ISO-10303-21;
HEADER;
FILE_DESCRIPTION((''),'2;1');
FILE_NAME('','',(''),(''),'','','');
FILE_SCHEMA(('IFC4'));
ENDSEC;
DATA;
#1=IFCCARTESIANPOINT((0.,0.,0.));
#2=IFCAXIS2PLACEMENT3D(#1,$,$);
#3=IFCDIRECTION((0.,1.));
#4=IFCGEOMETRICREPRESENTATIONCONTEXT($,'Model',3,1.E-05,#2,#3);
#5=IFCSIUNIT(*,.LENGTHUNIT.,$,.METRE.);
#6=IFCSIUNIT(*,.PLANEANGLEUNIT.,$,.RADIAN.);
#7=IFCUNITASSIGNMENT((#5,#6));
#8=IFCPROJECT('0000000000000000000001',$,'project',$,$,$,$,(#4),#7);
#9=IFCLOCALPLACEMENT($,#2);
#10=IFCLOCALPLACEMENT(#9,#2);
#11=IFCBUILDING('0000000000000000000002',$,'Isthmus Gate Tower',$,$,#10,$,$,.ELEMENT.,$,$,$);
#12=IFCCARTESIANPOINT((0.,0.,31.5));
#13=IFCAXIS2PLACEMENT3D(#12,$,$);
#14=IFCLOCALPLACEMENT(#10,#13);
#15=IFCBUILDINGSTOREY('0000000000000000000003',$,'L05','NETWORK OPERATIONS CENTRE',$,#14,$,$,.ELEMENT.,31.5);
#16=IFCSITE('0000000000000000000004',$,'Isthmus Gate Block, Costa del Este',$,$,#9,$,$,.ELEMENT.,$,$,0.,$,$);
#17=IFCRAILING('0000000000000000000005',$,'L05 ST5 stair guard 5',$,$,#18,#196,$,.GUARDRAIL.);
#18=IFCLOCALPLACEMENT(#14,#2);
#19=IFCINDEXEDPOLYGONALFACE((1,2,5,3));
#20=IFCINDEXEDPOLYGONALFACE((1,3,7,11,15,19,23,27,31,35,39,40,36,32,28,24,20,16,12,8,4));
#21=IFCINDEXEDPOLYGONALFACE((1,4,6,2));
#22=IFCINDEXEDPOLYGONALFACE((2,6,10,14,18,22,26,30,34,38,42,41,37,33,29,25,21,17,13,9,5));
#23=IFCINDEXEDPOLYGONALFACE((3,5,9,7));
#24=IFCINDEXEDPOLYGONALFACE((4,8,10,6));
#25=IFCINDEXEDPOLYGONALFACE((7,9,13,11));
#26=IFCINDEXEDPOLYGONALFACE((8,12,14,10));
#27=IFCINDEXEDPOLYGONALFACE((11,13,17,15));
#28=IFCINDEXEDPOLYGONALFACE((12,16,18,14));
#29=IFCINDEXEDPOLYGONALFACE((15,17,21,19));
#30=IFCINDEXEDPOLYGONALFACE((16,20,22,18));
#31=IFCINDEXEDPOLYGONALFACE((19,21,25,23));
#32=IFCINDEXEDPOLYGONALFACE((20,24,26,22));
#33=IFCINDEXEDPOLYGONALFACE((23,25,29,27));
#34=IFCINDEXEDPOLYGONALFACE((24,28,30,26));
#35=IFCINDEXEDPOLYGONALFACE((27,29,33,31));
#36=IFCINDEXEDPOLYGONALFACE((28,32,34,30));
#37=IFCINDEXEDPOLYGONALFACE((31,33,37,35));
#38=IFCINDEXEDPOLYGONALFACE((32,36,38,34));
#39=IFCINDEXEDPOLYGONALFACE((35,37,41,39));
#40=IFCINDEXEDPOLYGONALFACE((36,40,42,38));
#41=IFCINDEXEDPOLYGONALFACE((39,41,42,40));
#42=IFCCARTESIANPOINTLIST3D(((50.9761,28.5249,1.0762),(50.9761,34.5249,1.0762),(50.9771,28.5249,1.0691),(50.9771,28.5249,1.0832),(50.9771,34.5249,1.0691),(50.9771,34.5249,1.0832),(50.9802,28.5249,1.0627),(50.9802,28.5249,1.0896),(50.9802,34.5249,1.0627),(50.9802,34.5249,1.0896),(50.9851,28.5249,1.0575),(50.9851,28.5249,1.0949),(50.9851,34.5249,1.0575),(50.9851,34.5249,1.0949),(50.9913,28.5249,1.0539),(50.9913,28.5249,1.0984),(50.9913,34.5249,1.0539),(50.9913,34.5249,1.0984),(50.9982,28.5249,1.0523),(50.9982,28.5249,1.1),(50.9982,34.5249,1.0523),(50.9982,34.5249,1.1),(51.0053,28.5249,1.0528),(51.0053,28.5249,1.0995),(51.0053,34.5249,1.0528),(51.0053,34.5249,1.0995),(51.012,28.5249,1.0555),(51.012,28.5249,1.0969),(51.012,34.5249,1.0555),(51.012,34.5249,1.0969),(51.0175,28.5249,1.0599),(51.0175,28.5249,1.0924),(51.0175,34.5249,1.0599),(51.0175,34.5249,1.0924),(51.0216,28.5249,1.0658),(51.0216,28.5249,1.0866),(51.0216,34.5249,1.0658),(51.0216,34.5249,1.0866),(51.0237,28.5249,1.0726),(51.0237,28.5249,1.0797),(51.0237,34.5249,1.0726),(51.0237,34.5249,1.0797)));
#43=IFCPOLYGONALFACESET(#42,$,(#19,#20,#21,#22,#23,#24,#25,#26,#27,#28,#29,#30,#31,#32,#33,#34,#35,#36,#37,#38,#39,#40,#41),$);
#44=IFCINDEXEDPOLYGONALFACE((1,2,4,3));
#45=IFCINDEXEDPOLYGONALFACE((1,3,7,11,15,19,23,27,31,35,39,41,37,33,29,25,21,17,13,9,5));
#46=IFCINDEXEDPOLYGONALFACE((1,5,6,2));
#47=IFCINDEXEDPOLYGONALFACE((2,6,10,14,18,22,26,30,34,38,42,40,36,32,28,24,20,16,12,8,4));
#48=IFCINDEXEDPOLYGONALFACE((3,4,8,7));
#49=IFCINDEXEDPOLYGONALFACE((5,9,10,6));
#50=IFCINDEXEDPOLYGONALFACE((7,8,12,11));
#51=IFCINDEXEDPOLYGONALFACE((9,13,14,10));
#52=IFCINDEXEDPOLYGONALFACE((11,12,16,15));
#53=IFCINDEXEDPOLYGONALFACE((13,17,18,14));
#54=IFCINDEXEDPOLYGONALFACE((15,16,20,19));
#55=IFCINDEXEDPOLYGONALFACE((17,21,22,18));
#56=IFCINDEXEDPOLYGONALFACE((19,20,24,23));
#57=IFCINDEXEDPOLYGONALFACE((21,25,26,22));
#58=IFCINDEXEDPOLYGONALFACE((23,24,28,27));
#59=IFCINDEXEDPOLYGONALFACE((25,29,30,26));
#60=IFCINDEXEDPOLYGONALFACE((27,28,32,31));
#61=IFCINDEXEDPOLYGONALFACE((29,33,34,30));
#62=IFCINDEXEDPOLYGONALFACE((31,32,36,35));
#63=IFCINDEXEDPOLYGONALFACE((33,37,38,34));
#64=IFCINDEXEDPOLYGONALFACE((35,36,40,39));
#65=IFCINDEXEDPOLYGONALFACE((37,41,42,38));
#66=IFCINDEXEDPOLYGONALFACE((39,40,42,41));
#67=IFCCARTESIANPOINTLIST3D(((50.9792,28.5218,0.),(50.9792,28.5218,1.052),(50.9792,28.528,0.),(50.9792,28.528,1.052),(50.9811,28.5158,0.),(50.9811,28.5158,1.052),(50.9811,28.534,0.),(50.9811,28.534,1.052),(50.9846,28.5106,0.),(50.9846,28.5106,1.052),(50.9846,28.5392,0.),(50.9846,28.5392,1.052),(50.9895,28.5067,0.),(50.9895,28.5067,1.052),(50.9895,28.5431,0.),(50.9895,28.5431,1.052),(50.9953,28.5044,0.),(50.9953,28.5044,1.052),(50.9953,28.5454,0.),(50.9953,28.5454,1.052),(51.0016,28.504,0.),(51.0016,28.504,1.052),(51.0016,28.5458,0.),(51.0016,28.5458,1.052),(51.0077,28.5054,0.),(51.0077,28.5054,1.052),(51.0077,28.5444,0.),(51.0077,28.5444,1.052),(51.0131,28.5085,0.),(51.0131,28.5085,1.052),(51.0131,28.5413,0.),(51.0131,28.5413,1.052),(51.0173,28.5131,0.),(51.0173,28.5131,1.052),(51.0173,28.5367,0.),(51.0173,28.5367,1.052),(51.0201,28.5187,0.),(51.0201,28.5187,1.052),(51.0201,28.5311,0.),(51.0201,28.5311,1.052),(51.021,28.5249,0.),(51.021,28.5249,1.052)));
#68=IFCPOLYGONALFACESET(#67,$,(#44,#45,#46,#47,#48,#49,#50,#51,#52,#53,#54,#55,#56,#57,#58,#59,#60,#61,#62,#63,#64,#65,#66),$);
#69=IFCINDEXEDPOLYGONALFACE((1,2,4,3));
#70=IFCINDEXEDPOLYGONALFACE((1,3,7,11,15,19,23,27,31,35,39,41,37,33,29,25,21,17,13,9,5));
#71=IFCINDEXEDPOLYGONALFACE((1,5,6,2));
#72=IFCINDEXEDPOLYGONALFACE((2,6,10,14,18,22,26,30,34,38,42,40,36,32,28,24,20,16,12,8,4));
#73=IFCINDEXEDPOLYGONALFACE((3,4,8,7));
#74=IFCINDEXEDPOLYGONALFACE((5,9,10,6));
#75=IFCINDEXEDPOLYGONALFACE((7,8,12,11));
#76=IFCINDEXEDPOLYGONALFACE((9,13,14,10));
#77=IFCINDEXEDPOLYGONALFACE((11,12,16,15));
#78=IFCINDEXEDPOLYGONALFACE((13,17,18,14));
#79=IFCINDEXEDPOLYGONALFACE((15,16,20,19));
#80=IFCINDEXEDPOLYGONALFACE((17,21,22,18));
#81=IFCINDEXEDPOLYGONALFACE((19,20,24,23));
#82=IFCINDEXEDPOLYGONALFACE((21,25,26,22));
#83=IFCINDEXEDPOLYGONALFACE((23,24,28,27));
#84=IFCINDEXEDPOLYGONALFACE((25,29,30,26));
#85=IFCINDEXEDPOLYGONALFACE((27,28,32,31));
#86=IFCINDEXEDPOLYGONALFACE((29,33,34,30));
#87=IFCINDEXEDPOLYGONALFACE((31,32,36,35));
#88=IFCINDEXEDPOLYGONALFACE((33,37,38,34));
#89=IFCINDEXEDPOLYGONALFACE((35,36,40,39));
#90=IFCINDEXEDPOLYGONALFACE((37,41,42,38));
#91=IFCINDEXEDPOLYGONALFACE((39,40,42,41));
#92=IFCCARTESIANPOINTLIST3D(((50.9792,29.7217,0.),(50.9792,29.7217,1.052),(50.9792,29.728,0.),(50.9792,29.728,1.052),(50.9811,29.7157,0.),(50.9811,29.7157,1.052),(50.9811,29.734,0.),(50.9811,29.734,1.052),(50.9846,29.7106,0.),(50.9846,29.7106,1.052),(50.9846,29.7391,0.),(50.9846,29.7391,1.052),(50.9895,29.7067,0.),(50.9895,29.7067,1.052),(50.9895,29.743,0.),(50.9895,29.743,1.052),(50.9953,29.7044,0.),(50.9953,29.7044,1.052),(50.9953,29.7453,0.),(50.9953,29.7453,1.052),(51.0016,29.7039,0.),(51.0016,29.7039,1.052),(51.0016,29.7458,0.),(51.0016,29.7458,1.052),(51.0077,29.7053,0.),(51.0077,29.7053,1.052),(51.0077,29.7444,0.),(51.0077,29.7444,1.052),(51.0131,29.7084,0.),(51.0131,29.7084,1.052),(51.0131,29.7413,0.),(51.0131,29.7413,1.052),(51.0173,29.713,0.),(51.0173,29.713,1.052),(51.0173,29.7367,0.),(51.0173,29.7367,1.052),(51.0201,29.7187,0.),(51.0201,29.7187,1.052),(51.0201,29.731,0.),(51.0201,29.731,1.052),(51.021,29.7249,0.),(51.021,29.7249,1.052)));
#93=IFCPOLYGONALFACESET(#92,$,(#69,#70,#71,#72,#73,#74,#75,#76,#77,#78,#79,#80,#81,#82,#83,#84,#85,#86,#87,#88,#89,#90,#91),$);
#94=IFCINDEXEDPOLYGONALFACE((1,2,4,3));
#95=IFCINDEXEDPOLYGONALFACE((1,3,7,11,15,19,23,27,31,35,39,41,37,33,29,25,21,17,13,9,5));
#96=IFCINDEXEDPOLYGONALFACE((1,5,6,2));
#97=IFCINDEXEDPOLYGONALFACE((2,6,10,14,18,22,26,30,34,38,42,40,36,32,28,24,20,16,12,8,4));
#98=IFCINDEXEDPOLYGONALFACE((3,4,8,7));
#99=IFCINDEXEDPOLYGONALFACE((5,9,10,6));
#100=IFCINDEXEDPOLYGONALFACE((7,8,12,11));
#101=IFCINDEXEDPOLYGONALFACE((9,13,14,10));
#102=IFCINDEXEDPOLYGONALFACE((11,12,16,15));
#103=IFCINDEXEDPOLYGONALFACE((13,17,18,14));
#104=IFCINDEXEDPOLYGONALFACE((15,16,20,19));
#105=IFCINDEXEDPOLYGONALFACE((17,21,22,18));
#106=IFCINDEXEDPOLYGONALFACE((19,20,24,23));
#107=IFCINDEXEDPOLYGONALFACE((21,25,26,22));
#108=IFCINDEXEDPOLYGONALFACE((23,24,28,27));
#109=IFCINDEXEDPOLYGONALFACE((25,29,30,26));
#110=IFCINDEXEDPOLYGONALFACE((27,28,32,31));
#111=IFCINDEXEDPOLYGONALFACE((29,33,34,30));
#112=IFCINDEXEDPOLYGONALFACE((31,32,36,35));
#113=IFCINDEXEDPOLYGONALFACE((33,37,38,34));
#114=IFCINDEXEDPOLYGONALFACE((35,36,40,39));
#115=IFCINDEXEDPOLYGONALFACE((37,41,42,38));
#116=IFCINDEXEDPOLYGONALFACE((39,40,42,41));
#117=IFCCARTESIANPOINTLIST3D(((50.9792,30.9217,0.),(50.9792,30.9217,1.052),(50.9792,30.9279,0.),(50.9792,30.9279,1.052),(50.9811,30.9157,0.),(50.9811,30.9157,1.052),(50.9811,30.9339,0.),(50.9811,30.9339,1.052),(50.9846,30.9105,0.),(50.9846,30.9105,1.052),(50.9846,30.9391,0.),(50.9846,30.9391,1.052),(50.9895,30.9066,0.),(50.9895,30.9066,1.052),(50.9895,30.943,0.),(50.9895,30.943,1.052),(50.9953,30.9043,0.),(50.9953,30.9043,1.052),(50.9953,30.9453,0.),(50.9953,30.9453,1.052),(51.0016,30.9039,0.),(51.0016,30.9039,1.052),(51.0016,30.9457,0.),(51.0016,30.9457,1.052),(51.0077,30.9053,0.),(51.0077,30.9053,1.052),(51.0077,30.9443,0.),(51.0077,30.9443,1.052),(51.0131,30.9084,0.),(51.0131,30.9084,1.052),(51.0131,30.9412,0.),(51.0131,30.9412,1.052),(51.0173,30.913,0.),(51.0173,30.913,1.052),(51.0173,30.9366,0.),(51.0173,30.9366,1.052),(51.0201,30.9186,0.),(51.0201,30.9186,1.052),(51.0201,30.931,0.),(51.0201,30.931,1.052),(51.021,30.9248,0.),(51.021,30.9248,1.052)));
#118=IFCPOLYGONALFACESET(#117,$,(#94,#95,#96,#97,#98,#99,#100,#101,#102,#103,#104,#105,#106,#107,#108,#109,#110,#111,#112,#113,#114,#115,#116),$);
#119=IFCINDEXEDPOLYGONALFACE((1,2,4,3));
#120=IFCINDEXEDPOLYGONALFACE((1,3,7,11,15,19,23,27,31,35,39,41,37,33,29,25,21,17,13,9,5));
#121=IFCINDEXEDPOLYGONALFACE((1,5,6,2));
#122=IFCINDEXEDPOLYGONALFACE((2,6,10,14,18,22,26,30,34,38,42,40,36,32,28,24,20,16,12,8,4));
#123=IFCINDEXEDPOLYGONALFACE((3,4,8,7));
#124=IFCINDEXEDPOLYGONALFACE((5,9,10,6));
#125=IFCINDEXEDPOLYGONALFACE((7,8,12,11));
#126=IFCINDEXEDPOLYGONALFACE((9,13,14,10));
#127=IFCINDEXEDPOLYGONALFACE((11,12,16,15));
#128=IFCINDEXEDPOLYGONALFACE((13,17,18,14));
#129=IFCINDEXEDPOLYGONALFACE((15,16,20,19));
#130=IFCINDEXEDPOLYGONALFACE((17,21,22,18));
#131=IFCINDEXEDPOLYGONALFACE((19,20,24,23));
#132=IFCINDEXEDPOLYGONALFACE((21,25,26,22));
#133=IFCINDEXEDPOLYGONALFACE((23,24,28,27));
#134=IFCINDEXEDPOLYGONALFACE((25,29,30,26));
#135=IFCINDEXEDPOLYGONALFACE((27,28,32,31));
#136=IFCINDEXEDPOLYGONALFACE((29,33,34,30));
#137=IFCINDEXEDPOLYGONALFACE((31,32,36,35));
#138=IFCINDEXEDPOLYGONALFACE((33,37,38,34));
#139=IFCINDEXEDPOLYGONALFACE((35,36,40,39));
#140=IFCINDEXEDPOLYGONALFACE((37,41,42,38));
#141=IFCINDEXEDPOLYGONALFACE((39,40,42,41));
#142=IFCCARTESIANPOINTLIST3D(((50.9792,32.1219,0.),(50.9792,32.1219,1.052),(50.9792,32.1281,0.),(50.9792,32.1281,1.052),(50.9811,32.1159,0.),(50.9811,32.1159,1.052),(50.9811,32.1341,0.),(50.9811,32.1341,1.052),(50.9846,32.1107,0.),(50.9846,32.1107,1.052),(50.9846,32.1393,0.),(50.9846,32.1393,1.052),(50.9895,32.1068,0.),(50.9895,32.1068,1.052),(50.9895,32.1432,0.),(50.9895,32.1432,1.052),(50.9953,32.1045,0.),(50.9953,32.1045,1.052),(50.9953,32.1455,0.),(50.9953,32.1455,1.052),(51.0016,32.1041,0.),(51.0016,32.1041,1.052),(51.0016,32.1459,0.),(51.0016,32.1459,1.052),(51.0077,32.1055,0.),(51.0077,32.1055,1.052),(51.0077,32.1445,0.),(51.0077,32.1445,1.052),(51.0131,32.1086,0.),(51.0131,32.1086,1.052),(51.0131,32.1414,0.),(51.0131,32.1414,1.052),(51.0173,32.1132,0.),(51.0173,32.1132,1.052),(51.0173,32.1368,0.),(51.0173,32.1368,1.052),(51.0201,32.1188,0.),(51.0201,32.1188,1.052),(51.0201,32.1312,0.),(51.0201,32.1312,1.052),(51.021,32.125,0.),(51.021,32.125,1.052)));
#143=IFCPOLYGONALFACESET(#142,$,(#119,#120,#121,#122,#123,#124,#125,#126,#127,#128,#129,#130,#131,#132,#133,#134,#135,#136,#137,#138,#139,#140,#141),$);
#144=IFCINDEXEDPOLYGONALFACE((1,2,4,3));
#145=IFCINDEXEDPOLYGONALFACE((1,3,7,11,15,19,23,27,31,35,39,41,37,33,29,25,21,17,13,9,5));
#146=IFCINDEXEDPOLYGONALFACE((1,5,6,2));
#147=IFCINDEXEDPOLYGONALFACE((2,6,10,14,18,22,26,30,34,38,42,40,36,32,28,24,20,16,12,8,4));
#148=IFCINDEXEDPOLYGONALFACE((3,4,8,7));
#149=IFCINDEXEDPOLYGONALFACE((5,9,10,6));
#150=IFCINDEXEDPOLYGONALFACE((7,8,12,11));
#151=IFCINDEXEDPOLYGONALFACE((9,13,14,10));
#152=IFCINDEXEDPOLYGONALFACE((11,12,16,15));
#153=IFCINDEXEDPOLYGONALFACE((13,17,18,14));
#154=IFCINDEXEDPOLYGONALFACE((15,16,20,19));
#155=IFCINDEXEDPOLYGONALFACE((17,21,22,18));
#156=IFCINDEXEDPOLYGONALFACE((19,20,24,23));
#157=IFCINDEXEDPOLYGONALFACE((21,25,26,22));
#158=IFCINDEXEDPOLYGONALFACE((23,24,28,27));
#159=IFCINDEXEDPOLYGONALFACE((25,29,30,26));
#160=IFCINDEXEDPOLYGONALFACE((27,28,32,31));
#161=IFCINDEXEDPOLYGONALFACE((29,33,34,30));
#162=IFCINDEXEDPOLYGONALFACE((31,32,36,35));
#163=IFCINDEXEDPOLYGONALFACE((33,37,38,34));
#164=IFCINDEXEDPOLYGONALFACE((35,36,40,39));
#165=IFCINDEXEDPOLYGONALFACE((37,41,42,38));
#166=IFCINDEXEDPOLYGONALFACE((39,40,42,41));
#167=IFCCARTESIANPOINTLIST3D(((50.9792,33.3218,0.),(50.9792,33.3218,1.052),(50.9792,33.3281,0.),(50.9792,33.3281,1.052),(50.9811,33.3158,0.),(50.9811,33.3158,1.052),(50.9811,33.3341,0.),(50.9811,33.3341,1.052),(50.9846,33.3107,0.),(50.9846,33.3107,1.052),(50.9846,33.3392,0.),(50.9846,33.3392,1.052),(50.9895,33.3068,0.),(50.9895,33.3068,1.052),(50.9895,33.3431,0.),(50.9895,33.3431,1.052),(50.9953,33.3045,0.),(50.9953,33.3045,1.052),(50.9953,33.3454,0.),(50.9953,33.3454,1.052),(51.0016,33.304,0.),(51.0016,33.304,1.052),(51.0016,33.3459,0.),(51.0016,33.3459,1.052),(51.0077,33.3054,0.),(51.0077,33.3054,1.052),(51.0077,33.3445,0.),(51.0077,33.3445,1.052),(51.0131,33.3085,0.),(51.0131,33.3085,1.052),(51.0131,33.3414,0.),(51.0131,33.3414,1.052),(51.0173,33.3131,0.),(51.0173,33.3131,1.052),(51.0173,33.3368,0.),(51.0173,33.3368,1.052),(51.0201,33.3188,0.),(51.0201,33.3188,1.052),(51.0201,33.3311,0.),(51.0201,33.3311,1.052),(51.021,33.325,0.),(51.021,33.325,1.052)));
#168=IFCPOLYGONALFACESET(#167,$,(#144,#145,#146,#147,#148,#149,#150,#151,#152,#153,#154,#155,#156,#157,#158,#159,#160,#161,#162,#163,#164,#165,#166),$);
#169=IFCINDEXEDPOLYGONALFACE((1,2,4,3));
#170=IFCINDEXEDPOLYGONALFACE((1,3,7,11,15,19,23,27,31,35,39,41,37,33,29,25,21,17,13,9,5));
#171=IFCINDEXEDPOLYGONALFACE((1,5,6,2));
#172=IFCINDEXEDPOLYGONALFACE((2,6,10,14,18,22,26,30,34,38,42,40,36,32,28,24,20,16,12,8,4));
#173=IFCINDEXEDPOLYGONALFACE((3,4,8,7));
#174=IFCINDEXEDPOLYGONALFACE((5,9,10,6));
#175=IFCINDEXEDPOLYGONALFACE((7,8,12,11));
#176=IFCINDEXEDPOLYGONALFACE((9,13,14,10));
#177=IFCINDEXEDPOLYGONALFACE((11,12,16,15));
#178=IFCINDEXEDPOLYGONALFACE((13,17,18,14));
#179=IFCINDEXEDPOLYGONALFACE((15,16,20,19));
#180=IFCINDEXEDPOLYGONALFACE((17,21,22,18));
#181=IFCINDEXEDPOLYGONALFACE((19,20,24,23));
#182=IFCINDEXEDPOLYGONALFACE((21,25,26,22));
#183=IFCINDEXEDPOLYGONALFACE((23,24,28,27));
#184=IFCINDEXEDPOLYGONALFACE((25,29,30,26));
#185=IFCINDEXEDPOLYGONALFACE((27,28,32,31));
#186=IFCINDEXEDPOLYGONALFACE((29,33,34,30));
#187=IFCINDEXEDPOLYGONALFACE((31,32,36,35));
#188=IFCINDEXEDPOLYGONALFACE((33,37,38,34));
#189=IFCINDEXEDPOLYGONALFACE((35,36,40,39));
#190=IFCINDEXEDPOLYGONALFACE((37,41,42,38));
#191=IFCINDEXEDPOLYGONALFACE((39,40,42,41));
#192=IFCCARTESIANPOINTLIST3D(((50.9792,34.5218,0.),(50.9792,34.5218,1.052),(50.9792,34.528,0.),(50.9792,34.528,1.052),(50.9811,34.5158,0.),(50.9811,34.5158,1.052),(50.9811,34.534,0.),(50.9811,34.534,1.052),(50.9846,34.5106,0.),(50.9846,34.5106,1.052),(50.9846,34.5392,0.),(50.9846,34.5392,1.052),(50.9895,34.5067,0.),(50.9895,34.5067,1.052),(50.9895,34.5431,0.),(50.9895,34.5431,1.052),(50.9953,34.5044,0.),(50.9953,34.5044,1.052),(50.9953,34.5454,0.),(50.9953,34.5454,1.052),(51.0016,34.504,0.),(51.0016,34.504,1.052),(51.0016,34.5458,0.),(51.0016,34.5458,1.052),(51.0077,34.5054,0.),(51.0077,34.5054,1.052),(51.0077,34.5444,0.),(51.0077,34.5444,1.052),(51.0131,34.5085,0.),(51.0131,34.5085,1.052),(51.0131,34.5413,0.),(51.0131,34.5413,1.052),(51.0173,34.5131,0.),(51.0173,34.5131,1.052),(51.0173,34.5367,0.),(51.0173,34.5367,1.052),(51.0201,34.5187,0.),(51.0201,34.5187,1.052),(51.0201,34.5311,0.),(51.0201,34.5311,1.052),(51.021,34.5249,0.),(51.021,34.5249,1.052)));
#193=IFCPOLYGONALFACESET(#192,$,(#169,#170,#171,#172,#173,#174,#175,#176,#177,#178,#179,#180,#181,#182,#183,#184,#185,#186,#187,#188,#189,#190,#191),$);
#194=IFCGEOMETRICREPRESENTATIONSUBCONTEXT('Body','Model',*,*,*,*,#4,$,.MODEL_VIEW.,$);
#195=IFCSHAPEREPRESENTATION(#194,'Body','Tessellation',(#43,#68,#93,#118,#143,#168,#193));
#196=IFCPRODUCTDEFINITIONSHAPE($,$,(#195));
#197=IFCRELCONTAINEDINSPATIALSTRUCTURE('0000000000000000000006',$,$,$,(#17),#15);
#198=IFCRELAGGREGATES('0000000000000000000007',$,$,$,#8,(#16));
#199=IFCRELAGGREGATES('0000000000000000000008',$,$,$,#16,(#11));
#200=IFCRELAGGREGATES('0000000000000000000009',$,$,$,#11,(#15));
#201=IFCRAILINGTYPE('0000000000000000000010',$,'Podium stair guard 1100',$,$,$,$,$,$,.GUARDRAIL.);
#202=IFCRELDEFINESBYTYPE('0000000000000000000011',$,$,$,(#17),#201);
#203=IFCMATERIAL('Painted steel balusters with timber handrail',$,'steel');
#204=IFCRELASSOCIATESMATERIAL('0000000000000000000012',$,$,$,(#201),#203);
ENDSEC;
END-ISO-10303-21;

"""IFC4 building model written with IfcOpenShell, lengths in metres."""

from ifc_helpers import new_model, si_unit, direction, frame, origin, origin_2d, place, context, subcontext, project, spatial, circle, extrude, material, type_object, element, save


model = new_model("IFC4")

# Units and contexts
model_context = context("Model", 3, precision=1e-05, world=origin(), true_north=direction((0.0, 1.0)))
body_context = subcontext(model_context, "Body", "Model", "MODEL_VIEW")
ifc_project = project(units=[si_unit("LENGTHUNIT", "METRE"), si_unit("PLANEANGLEUNIT", "RADIAN")], contexts=[model_context])

# Site, building, storey
site_placement = place(None, origin())
site = spatial("IfcSite", under=ifc_project, at=site_placement, Name="Isthmus Gate Block, Costa del Este", CompositionType="ELEMENT", RefElevation=0.0)
building_placement = place(site_placement, origin())
building = spatial("IfcBuilding", under=site, at=building_placement, Name="Isthmus Gate Tower", CompositionType="ELEMENT")
storey_placement = place(building_placement, frame((0.0, 0.0, 31.5)))
storey = spatial("IfcBuildingStorey", under=building, at=storey_placement, Name="L05", Description="NETWORK OPERATIONS CENTRE", CompositionType="ELEMENT", Elevation=31.5)

# Railing
ifc_material_1 = material(Name="Painted steel balusters with timber handrail", Category="steel")
railing_type_1 = type_object("IfcRailingType", Name="Podium stair guard 1100", PredefinedType="GUARDRAIL", material=ifc_material_1)
railing_1_placement = place(storey_placement, frame((51.0, 28.5249, 0.0)))
element("IfcRailing", 1, at=railing_1_placement, inside=storey, type_object=railing_type_1, Name="L05 ST5 stair guard 5", PredefinedType="GUARDRAIL", context=body_context, shape_type="SweptSolid", body=[
    extrude(circle(Radius=0.0239, at=origin_2d()), frame((0.0, 0.0, 1.0762), z_axis=(0.0, 1.0, 0.0), x_axis=(-1.0, 0.0, 0.0)), (0.0, 0.0, 1.0), 6.0),
    extrude(circle(Radius=0.021, at=origin_2d()), origin(), (0.0, 0.0, 1.0), 1.052),
    extrude(circle(Radius=0.021, at=origin_2d()), frame((0.0, 1.2, 0.0)), (0.0, 0.0, 1.0), 1.052),
    extrude(circle(Radius=0.021, at=origin_2d()), frame((0.0, 2.3999, 0.0)), (0.0, 0.0, 1.0), 1.052),
    extrude(circle(Radius=0.021, at=origin_2d()), frame((0.0, 3.6001, 0.0)), (0.0, 0.0, 1.0), 1.052),
    extrude(circle(Radius=0.021, at=origin_2d()), frame((0.0, 4.8, 0.0)), (0.0, 0.0, 1.0), 1.052),
    extrude(circle(Radius=0.021, at=origin_2d()), frame((0.0, 6.0, 0.0)), (0.0, 0.0, 1.0), 1.052),
])

save(model, "model.ifc")
